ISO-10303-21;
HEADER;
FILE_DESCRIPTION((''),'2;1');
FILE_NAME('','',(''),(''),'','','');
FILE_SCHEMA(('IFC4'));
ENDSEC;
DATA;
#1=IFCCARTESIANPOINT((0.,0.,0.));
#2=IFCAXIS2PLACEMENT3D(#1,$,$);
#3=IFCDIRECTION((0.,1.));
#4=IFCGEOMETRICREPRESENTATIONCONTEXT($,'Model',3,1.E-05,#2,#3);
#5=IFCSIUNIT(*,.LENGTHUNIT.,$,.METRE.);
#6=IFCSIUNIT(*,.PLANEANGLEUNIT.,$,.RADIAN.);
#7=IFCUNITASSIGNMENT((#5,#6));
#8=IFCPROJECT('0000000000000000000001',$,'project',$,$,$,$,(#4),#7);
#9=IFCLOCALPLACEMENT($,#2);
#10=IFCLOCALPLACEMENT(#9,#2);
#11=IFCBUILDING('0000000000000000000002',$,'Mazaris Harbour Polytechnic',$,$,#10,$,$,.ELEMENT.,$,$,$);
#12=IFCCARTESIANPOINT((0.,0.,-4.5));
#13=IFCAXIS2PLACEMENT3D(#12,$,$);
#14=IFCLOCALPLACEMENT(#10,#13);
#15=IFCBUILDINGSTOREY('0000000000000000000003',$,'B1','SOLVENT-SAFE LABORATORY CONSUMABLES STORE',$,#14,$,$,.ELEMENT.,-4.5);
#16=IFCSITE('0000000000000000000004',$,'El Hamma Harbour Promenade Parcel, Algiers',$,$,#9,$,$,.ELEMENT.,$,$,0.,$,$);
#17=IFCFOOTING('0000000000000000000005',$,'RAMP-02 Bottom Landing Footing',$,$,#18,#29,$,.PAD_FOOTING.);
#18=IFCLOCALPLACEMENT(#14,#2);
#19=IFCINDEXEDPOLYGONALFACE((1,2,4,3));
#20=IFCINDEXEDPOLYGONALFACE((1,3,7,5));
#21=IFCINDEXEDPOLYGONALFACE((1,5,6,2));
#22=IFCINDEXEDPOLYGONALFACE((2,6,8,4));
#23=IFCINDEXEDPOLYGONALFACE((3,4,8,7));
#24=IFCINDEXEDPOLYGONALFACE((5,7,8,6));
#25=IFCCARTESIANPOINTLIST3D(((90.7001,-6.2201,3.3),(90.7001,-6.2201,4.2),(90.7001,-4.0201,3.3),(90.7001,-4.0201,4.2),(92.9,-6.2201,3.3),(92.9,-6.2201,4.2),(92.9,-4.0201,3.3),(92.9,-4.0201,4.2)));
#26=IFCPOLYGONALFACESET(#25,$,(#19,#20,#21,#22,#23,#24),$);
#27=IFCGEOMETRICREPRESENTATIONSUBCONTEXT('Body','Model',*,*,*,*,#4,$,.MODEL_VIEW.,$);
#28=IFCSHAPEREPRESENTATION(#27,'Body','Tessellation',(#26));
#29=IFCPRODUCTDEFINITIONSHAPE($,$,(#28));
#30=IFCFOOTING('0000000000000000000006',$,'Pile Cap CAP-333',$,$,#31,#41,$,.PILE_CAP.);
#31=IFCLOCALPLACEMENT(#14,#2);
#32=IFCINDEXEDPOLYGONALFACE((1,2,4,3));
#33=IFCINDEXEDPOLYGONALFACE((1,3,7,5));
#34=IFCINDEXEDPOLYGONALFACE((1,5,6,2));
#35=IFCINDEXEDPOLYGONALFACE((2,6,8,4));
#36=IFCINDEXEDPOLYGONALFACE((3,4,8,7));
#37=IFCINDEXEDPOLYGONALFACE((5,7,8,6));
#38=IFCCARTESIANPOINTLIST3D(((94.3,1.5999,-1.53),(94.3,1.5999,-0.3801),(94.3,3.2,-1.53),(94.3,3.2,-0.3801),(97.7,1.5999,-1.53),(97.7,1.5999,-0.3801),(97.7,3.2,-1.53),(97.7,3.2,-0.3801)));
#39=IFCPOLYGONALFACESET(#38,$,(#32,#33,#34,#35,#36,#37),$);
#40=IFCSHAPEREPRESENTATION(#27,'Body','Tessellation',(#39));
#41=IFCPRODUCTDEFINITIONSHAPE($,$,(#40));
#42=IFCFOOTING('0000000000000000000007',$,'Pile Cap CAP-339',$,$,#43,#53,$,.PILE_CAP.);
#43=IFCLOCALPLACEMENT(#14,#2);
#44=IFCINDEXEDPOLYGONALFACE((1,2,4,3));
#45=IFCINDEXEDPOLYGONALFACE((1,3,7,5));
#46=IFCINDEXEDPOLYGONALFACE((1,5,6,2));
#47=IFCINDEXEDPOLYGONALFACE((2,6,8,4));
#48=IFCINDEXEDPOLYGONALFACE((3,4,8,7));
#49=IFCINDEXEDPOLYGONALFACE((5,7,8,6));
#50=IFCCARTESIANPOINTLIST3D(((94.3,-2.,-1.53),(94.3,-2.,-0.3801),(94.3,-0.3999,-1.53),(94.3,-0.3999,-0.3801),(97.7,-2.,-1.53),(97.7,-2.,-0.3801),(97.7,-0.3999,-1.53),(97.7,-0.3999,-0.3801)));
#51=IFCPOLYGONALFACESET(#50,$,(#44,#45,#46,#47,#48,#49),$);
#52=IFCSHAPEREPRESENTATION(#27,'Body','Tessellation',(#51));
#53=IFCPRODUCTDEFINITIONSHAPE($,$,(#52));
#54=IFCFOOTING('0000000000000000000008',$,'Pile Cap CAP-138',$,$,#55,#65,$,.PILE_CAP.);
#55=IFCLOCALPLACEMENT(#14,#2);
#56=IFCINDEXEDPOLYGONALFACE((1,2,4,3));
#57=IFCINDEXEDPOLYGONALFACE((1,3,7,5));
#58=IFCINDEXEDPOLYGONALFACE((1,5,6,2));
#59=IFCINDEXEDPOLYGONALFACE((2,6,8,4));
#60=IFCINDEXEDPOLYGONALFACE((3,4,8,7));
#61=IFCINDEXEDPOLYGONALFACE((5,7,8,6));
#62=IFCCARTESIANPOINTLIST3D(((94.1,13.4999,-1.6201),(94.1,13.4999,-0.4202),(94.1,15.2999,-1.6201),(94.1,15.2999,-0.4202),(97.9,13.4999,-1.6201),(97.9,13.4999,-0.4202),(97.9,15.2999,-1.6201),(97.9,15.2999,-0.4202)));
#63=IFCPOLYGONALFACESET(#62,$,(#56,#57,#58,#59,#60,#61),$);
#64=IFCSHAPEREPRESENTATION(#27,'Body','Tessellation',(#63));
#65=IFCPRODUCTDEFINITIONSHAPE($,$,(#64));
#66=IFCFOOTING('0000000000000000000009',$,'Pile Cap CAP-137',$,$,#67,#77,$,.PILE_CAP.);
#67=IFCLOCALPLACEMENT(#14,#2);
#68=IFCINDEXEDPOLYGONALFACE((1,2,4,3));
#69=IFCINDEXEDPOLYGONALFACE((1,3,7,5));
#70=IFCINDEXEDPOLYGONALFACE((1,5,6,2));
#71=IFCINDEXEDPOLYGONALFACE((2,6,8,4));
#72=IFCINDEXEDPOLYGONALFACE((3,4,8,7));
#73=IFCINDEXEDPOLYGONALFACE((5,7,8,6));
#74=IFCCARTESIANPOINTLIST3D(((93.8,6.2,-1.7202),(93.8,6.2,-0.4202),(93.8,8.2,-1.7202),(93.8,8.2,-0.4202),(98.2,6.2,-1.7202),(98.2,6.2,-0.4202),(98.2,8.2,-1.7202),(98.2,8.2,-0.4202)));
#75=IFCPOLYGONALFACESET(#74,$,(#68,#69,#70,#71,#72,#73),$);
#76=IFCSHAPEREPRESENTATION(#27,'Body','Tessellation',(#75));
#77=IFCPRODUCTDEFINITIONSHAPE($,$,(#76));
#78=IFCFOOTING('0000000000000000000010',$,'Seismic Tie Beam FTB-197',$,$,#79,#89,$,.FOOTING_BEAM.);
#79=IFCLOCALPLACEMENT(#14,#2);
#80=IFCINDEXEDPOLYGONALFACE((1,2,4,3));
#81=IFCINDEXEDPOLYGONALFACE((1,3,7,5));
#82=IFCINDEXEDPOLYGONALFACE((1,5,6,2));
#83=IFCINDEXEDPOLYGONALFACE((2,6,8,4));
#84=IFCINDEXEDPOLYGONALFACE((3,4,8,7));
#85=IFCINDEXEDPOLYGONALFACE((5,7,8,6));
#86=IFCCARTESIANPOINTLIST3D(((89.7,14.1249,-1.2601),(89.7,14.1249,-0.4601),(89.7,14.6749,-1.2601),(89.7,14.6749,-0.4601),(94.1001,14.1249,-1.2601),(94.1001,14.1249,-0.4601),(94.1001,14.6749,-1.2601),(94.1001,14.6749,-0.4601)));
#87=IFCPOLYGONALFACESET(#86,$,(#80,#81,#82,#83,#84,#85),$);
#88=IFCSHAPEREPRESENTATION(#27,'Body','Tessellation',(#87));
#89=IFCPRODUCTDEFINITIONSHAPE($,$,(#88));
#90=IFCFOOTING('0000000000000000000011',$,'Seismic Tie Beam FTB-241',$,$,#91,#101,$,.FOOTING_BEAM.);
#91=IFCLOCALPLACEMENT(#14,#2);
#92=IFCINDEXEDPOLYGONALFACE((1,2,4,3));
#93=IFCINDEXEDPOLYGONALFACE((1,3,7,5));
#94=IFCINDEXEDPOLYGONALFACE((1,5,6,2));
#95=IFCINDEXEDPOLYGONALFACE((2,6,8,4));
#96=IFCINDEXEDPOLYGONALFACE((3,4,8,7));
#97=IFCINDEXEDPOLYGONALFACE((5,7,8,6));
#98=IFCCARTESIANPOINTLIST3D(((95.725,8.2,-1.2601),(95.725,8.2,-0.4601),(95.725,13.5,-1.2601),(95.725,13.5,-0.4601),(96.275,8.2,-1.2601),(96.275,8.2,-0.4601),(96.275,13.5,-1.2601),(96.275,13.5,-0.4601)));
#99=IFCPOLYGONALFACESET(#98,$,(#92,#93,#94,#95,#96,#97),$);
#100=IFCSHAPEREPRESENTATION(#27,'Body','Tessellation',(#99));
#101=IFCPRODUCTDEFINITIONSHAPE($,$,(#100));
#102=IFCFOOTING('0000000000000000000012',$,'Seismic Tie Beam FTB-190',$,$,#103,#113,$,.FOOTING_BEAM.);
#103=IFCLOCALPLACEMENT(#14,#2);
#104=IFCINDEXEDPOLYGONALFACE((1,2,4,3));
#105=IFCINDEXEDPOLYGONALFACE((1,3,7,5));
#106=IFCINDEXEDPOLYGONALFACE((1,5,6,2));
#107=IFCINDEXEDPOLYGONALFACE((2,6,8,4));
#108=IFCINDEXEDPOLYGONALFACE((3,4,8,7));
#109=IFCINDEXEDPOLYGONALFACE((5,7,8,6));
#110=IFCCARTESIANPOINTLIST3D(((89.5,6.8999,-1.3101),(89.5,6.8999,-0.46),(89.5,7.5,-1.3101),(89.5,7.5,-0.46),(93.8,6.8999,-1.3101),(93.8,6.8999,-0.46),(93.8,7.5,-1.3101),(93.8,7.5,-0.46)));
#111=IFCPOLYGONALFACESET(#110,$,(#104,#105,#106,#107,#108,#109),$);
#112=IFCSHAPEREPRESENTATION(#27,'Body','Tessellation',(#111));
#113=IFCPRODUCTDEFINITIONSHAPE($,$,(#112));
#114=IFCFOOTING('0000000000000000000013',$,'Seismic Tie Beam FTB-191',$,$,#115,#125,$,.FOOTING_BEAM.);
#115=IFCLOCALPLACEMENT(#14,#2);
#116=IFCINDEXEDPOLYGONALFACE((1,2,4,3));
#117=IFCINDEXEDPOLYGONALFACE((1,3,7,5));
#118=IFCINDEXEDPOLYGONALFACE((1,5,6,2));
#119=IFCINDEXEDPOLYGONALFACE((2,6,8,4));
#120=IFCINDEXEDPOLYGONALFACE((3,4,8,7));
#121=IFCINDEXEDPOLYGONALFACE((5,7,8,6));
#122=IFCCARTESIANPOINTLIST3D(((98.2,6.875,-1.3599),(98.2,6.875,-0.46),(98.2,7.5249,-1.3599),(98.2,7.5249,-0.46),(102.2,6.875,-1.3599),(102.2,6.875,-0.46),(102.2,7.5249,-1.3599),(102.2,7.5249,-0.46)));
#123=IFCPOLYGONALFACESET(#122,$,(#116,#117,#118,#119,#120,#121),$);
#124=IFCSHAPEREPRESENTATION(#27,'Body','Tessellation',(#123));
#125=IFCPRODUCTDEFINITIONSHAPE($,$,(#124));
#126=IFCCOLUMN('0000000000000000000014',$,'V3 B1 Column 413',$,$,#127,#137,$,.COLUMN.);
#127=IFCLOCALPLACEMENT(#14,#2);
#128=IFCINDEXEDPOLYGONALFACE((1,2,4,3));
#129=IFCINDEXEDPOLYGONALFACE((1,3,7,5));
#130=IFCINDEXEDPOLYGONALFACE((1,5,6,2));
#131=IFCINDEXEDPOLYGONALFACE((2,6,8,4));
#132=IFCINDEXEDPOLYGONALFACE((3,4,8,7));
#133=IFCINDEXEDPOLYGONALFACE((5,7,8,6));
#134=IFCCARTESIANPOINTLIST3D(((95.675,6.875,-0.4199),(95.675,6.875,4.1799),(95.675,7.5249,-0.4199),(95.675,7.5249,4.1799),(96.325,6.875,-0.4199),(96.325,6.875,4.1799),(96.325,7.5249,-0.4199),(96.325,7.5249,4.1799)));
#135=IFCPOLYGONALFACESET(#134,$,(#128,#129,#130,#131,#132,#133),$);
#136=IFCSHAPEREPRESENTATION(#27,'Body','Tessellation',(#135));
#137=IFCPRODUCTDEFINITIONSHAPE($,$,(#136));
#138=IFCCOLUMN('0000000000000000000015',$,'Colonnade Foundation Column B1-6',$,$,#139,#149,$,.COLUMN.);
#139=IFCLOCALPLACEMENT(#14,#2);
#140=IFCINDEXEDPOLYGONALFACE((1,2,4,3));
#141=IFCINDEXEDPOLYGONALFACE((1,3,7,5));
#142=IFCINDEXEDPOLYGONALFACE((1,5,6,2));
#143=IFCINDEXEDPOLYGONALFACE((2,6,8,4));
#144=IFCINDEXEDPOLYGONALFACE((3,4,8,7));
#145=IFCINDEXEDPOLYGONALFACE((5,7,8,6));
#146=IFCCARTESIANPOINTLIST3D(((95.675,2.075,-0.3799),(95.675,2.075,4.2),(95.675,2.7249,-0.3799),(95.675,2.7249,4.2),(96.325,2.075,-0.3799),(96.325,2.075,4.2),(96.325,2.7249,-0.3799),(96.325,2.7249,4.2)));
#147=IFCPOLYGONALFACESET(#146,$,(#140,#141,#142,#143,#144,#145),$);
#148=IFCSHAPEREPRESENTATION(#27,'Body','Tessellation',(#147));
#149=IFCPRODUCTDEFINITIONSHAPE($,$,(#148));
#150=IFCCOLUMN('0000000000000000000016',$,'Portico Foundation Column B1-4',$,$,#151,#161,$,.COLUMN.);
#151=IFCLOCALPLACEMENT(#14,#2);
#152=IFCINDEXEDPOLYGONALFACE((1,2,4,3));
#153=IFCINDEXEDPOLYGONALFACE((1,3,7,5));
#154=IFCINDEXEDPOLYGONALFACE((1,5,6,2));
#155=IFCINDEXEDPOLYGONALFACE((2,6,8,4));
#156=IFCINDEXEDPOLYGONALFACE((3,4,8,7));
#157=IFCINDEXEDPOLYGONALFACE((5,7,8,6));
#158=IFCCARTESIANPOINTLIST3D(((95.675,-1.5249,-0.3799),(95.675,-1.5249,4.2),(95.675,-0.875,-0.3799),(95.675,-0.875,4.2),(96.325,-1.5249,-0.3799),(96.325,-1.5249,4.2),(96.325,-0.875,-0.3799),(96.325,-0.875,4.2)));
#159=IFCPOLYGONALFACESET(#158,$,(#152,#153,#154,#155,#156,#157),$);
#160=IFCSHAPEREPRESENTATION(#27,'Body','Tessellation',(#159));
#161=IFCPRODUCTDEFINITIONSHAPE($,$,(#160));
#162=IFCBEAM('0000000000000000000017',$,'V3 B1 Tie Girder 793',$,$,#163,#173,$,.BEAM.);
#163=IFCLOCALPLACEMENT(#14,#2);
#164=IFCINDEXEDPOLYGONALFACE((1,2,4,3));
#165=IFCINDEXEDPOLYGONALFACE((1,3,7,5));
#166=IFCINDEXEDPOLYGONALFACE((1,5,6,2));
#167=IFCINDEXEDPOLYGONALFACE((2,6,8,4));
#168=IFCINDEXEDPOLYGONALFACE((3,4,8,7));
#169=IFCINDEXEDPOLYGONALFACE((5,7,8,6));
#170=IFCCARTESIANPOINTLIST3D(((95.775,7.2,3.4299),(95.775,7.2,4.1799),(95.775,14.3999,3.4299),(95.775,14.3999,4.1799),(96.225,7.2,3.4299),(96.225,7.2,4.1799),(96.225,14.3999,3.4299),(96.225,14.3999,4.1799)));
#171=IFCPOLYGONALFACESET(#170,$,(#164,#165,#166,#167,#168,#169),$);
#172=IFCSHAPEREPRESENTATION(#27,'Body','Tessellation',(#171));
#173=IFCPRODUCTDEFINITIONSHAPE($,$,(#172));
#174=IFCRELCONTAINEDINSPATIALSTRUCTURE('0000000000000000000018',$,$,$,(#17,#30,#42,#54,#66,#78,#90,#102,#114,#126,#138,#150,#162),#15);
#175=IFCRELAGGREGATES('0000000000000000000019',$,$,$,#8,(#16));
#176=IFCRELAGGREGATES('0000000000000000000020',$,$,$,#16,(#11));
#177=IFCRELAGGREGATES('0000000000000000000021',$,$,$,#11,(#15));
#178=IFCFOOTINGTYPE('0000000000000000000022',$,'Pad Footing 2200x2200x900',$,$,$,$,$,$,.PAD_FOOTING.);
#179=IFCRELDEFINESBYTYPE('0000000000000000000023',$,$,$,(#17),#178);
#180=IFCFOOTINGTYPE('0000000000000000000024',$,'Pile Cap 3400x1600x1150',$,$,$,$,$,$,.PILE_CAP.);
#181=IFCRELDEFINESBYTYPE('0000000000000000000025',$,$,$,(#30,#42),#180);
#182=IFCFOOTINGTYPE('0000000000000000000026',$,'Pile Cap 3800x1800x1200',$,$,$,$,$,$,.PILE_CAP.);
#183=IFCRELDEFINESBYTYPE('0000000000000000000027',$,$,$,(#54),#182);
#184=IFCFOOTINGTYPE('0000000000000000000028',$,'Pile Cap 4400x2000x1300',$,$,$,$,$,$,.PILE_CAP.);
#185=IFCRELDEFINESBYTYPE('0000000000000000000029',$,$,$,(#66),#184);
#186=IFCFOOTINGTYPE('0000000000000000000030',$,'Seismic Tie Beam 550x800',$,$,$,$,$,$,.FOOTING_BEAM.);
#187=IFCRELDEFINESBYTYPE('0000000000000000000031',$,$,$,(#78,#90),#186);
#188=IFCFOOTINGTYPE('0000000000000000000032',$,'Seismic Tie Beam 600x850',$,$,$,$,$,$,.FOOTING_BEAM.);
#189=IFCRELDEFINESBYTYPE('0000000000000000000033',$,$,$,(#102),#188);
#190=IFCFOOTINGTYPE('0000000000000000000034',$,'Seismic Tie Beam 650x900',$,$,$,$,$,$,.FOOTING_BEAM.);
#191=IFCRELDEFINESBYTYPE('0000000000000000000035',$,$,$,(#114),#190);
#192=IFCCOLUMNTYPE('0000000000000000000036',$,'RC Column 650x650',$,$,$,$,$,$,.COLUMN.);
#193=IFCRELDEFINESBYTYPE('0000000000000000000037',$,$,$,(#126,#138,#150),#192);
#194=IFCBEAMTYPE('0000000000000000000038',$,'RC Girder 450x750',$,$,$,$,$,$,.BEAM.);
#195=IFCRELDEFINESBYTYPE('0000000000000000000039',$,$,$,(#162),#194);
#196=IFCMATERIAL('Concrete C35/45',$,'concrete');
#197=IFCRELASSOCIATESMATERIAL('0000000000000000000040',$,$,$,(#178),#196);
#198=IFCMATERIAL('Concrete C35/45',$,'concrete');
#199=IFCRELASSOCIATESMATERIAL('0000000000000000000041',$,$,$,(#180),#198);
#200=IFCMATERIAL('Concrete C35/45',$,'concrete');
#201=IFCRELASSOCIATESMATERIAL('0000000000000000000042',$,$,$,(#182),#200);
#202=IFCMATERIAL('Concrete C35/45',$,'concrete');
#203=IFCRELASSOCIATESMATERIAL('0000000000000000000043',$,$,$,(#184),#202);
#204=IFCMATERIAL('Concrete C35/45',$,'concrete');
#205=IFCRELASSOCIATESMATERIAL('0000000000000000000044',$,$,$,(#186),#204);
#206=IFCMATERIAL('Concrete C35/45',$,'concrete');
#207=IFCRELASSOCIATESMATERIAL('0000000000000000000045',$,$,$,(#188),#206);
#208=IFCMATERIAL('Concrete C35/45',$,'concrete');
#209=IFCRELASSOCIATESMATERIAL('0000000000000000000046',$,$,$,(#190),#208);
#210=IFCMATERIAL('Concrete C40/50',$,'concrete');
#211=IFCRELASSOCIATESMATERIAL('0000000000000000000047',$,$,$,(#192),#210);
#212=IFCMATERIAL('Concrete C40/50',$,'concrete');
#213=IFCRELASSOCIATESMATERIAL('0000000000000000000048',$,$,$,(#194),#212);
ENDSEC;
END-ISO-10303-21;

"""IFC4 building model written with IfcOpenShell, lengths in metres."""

from ifc_helpers import new_model, si_unit, direction, frame, origin, origin_2d, place, context, subcontext, project, spatial, rectangle, extrude, material, material_profile, profile_set, type_object, element, save


model = new_model("IFC4")

# Units and contexts
model_context = context("Model", 3, precision=1e-05, world=origin(), true_north=direction((0.0, 1.0)))
body_context = subcontext(model_context, "Body", "Model", "MODEL_VIEW")
ifc_project = project(units=[si_unit("LENGTHUNIT", "METRE"), si_unit("PLANEANGLEUNIT", "RADIAN")], contexts=[model_context])

# Site, building, storey
site_placement = place(None, origin())
site = spatial("IfcSite", under=ifc_project, at=site_placement, Name="El Hamma Harbour Promenade Parcel, Algiers", CompositionType="ELEMENT", RefElevation=0.0)
building_placement = place(site_placement, origin())
building = spatial("IfcBuilding", under=site, at=building_placement, Name="Mazaris Harbour Polytechnic", CompositionType="ELEMENT")
storey_placement = place(building_placement, frame((0.0, 0.0, -4.5)))
storey = spatial("IfcBuildingStorey", under=building, at=storey_placement, Name="B1", Description="SOLVENT-SAFE LABORATORY CONSUMABLES STORE", CompositionType="ELEMENT", Elevation=-4.5)

# Footings
ifc_material_1 = material(Name="Concrete C35/45", Category="concrete")
footing_type_1 = type_object("IfcFootingType", Name="Pad Footing 2200x2200x900", PredefinedType="PAD_FOOTING", material=ifc_material_1)
footing_1_placement = place(storey_placement, frame((91.8, -5.1201, 3.3), z_axis=(0.0, 0.0, 1.0), x_axis=(1.0, 0.0, 0.0)))
element("IfcFooting", 1, at=footing_1_placement, inside=storey, type_object=footing_type_1, Name="RAMP-02 Bottom Landing Footing", PredefinedType="PAD_FOOTING", context=body_context, shape_type="SweptSolid", body=[
    extrude(rectangle(XDim=2.2, YDim=2.2, at=origin_2d()), origin(), (0.0, 0.0, 1.0), 0.8999),
])
ifc_material_2 = material(Name="Concrete C35/45", Category="concrete")
footing_type_2 = type_object("IfcFootingType", Name="Pile Cap 3400x1600x1150", PredefinedType="PILE_CAP", material=ifc_material_2)
for number, where, z_axis, x_axis, name in (
    (2, (96.0, 2.3999, -1.53), (0.0, 0.0, 1.0), (1.0, 0.0, 0.0), "Pile Cap CAP-333"),
    (3, (96.0, -1.2, -1.53), (0.0, 0.0, 1.0), (1.0, 0.0, 0.0), "Pile Cap CAP-339"),
):
    element("IfcFooting", number, at=place(storey_placement, frame(where, z_axis=z_axis, x_axis=x_axis)), inside=storey, type_object=footing_type_2, Name=name, PredefinedType="PILE_CAP", context=body_context, shape_type="SweptSolid", body=[
        extrude(rectangle(XDim=3.3999, YDim=1.6001, at=origin_2d()), origin(), (0.0, 0.0, 1.0), 1.1499),
    ])
ifc_material_3 = material(Name="Concrete C35/45", Category="concrete")
footing_type_3 = type_object("IfcFootingType", Name="Pile Cap 3800x1800x1200", PredefinedType="PILE_CAP", material=ifc_material_3)
footing_2_placement = place(storey_placement, frame((96.0, 14.3999, -1.6201), z_axis=(0.0, 0.0, 1.0), x_axis=(1.0, 0.0, 0.0)))
element("IfcFooting", 4, at=footing_2_placement, inside=storey, type_object=footing_type_3, Name="Pile Cap CAP-138", PredefinedType="PILE_CAP", context=body_context, shape_type="SweptSolid", body=[
    extrude(rectangle(XDim=3.8, YDim=1.8, at=origin_2d()), origin(), (0.0, 0.0, 1.0), 1.2),
])
ifc_material_4 = material(Name="Concrete C35/45", Category="concrete")
footing_type_4 = type_object("IfcFootingType", Name="Pile Cap 4400x2000x1300", PredefinedType="PILE_CAP", material=ifc_material_4)
footing_3_placement = place(storey_placement, frame((96.0, 7.2, -1.7202), z_axis=(0.0, 0.0, 1.0), x_axis=(1.0, 0.0, 0.0)))
element("IfcFooting", 5, at=footing_3_placement, inside=storey, type_object=footing_type_4, Name="Pile Cap CAP-137", PredefinedType="PILE_CAP", context=body_context, shape_type="SweptSolid", body=[
    extrude(rectangle(XDim=4.3999, YDim=2.0, at=origin_2d()), origin(), (0.0, 0.0, 1.0), 1.3),
])
ifc_material_5 = material(Name="Concrete C35/45", Category="concrete")
ifc_material_profile_1 = material_profile(ifc_material_5, rectangle(XDim=0.55, YDim=0.8, at=origin_2d()), Name="RECT550x800")
ifc_profile_set_1 = profile_set([ifc_material_profile_1], Name="Concrete C35/45")
footing_type_5 = type_object("IfcFootingType", Name="Seismic Tie Beam 550x800", PredefinedType="FOOTING_BEAM", material=ifc_profile_set_1)
footing_4_placement = place(storey_placement, frame((89.7, 14.3999, -0.8601), z_axis=(1.0, 0.0, 0.0), x_axis=(0.0, 1.0, 0.0)))
element("IfcFooting", 6, at=footing_4_placement, inside=storey, type_object=footing_type_5, Name="Seismic Tie Beam FTB-197", PredefinedType="FOOTING_BEAM", context=body_context, shape_type="SweptSolid", body=[
    extrude(rectangle(XDim=0.55, YDim=0.8, at=origin_2d()), origin(), (0.0, 0.0, 1.0), 4.4001),
])
footing_5_placement = place(storey_placement, frame((96.0, 8.2, -0.8601), z_axis=(0.0, 1.0, 0.0), x_axis=(-1.0, 0.0, 0.0)))
element("IfcFooting", 7, at=footing_5_placement, inside=storey, type_object=footing_type_5, Name="Seismic Tie Beam FTB-241", PredefinedType="FOOTING_BEAM", context=body_context, shape_type="SweptSolid", body=[
    extrude(rectangle(XDim=0.55, YDim=0.8, at=origin_2d()), origin(), (0.0, 0.0, 1.0), 5.3),
])
ifc_material_6 = material(Name="Concrete C35/45", Category="concrete")
ifc_material_profile_2 = material_profile(ifc_material_6, rectangle(XDim=0.6001, YDim=0.8501, at=origin_2d()), Name="RECT600x850")
ifc_profile_set_2 = profile_set([ifc_material_profile_2], Name="Concrete C35/45")
footing_type_6 = type_object("IfcFootingType", Name="Seismic Tie Beam 600x850", PredefinedType="FOOTING_BEAM", material=ifc_profile_set_2)
footing_6_placement = place(storey_placement, frame((89.5, 7.2, -0.885), z_axis=(1.0, 0.0, 0.0), x_axis=(0.0, 1.0, 0.0)))
element("IfcFooting", 8, at=footing_6_placement, inside=storey, type_object=footing_type_6, Name="Seismic Tie Beam FTB-190", PredefinedType="FOOTING_BEAM", context=body_context, shape_type="SweptSolid", body=[
    extrude(rectangle(XDim=0.6001, YDim=0.8501, at=origin_2d()), origin(), (0.0, 0.0, 1.0), 4.3),
])
ifc_material_7 = material(Name="Concrete C35/45", Category="concrete")
ifc_material_profile_3 = material_profile(ifc_material_7, rectangle(XDim=0.6499, YDim=0.8999, at=origin_2d()), Name="RECT650x900")
ifc_profile_set_3 = profile_set([ifc_material_profile_3], Name="Concrete C35/45")
footing_type_7 = type_object("IfcFootingType", Name="Seismic Tie Beam 650x900", PredefinedType="FOOTING_BEAM", material=ifc_profile_set_3)
footing_7_placement = place(storey_placement, frame((98.2, 7.2, -0.9099), z_axis=(1.0, 0.0, 0.0), x_axis=(0.0, 1.0, 0.0)))
element("IfcFooting", 9, at=footing_7_placement, inside=storey, type_object=footing_type_7, Name="Seismic Tie Beam FTB-191", PredefinedType="FOOTING_BEAM", context=body_context, shape_type="SweptSolid", body=[
    extrude(rectangle(XDim=0.6499, YDim=0.8999, at=origin_2d()), origin(), (0.0, 0.0, 1.0), 4.0),
])

# Columns
ifc_material_8 = material(Name="Concrete C40/50", Category="concrete")
ifc_material_profile_4 = material_profile(ifc_material_8, rectangle(XDim=0.6499, YDim=0.6499, at=origin_2d()), Name="RECT650x650")
ifc_profile_set_4 = profile_set([ifc_material_profile_4], Name="Concrete C40/50")
column_type = type_object("IfcColumnType", Name="RC Column 650x650", PredefinedType="COLUMN", material=ifc_profile_set_4)
column_placement = place(storey_placement, frame((96.0, 7.2, -0.4199), z_axis=(0.0, 0.0, 1.0), x_axis=(1.0, 0.0, 0.0)))
element("IfcColumn", 10, at=column_placement, inside=storey, type_object=column_type, Name="V3 B1 Column 413", PredefinedType="COLUMN", context=body_context, shape_type="SweptSolid", body=[
    extrude(rectangle(XDim=0.6499, YDim=0.6499, at=origin_2d()), origin(), (0.0, 0.0, 1.0), 4.5999),
])
for number, where, z_axis, x_axis, name in (
    (11, (96.0, 2.3999, -0.3799), (0.0, 0.0, 1.0), (1.0, 0.0, 0.0), "Colonnade Foundation Column B1-6"),
    (12, (96.0, -1.2, -0.3799), (0.0, 0.0, 1.0), (1.0, 0.0, 0.0), "Portico Foundation Column B1-4"),
):
    element("IfcColumn", number, at=place(storey_placement, frame(where, z_axis=z_axis, x_axis=x_axis)), inside=storey, type_object=column_type, Name=name, PredefinedType="COLUMN", context=body_context, shape_type="SweptSolid", body=[
        extrude(rectangle(XDim=0.6499, YDim=0.6499, at=origin_2d()), origin(), (0.0, 0.0, 1.0), 4.5798),
    ])

# Beam
ifc_material_9 = material(Name="Concrete C40/50", Category="concrete")
ifc_material_profile_5 = material_profile(ifc_material_9, rectangle(XDim=0.45, YDim=0.75, at=origin_2d()), Name="RECT450x750")
ifc_profile_set_5 = profile_set([ifc_material_profile_5], Name="Concrete C40/50")
beam_type_1 = type_object("IfcBeamType", Name="RC Girder 450x750", PredefinedType="BEAM", material=ifc_profile_set_5)
beam_1_placement = place(storey_placement, frame((96.0, 7.2, 3.8049), z_axis=(0.0, 1.0, 0.0), x_axis=(-1.0, 0.0, 0.0)))
element("IfcBeam", 13, at=beam_1_placement, inside=storey, type_object=beam_type_1, Name="V3 B1 Tie Girder 793", PredefinedType="BEAM", context=body_context, shape_type="SweptSolid", body=[
    extrude(rectangle(XDim=0.45, YDim=0.75, at=origin_2d()), origin(), (0.0, 0.0, 1.0), 7.2),
])

save(model, "model.ifc")
